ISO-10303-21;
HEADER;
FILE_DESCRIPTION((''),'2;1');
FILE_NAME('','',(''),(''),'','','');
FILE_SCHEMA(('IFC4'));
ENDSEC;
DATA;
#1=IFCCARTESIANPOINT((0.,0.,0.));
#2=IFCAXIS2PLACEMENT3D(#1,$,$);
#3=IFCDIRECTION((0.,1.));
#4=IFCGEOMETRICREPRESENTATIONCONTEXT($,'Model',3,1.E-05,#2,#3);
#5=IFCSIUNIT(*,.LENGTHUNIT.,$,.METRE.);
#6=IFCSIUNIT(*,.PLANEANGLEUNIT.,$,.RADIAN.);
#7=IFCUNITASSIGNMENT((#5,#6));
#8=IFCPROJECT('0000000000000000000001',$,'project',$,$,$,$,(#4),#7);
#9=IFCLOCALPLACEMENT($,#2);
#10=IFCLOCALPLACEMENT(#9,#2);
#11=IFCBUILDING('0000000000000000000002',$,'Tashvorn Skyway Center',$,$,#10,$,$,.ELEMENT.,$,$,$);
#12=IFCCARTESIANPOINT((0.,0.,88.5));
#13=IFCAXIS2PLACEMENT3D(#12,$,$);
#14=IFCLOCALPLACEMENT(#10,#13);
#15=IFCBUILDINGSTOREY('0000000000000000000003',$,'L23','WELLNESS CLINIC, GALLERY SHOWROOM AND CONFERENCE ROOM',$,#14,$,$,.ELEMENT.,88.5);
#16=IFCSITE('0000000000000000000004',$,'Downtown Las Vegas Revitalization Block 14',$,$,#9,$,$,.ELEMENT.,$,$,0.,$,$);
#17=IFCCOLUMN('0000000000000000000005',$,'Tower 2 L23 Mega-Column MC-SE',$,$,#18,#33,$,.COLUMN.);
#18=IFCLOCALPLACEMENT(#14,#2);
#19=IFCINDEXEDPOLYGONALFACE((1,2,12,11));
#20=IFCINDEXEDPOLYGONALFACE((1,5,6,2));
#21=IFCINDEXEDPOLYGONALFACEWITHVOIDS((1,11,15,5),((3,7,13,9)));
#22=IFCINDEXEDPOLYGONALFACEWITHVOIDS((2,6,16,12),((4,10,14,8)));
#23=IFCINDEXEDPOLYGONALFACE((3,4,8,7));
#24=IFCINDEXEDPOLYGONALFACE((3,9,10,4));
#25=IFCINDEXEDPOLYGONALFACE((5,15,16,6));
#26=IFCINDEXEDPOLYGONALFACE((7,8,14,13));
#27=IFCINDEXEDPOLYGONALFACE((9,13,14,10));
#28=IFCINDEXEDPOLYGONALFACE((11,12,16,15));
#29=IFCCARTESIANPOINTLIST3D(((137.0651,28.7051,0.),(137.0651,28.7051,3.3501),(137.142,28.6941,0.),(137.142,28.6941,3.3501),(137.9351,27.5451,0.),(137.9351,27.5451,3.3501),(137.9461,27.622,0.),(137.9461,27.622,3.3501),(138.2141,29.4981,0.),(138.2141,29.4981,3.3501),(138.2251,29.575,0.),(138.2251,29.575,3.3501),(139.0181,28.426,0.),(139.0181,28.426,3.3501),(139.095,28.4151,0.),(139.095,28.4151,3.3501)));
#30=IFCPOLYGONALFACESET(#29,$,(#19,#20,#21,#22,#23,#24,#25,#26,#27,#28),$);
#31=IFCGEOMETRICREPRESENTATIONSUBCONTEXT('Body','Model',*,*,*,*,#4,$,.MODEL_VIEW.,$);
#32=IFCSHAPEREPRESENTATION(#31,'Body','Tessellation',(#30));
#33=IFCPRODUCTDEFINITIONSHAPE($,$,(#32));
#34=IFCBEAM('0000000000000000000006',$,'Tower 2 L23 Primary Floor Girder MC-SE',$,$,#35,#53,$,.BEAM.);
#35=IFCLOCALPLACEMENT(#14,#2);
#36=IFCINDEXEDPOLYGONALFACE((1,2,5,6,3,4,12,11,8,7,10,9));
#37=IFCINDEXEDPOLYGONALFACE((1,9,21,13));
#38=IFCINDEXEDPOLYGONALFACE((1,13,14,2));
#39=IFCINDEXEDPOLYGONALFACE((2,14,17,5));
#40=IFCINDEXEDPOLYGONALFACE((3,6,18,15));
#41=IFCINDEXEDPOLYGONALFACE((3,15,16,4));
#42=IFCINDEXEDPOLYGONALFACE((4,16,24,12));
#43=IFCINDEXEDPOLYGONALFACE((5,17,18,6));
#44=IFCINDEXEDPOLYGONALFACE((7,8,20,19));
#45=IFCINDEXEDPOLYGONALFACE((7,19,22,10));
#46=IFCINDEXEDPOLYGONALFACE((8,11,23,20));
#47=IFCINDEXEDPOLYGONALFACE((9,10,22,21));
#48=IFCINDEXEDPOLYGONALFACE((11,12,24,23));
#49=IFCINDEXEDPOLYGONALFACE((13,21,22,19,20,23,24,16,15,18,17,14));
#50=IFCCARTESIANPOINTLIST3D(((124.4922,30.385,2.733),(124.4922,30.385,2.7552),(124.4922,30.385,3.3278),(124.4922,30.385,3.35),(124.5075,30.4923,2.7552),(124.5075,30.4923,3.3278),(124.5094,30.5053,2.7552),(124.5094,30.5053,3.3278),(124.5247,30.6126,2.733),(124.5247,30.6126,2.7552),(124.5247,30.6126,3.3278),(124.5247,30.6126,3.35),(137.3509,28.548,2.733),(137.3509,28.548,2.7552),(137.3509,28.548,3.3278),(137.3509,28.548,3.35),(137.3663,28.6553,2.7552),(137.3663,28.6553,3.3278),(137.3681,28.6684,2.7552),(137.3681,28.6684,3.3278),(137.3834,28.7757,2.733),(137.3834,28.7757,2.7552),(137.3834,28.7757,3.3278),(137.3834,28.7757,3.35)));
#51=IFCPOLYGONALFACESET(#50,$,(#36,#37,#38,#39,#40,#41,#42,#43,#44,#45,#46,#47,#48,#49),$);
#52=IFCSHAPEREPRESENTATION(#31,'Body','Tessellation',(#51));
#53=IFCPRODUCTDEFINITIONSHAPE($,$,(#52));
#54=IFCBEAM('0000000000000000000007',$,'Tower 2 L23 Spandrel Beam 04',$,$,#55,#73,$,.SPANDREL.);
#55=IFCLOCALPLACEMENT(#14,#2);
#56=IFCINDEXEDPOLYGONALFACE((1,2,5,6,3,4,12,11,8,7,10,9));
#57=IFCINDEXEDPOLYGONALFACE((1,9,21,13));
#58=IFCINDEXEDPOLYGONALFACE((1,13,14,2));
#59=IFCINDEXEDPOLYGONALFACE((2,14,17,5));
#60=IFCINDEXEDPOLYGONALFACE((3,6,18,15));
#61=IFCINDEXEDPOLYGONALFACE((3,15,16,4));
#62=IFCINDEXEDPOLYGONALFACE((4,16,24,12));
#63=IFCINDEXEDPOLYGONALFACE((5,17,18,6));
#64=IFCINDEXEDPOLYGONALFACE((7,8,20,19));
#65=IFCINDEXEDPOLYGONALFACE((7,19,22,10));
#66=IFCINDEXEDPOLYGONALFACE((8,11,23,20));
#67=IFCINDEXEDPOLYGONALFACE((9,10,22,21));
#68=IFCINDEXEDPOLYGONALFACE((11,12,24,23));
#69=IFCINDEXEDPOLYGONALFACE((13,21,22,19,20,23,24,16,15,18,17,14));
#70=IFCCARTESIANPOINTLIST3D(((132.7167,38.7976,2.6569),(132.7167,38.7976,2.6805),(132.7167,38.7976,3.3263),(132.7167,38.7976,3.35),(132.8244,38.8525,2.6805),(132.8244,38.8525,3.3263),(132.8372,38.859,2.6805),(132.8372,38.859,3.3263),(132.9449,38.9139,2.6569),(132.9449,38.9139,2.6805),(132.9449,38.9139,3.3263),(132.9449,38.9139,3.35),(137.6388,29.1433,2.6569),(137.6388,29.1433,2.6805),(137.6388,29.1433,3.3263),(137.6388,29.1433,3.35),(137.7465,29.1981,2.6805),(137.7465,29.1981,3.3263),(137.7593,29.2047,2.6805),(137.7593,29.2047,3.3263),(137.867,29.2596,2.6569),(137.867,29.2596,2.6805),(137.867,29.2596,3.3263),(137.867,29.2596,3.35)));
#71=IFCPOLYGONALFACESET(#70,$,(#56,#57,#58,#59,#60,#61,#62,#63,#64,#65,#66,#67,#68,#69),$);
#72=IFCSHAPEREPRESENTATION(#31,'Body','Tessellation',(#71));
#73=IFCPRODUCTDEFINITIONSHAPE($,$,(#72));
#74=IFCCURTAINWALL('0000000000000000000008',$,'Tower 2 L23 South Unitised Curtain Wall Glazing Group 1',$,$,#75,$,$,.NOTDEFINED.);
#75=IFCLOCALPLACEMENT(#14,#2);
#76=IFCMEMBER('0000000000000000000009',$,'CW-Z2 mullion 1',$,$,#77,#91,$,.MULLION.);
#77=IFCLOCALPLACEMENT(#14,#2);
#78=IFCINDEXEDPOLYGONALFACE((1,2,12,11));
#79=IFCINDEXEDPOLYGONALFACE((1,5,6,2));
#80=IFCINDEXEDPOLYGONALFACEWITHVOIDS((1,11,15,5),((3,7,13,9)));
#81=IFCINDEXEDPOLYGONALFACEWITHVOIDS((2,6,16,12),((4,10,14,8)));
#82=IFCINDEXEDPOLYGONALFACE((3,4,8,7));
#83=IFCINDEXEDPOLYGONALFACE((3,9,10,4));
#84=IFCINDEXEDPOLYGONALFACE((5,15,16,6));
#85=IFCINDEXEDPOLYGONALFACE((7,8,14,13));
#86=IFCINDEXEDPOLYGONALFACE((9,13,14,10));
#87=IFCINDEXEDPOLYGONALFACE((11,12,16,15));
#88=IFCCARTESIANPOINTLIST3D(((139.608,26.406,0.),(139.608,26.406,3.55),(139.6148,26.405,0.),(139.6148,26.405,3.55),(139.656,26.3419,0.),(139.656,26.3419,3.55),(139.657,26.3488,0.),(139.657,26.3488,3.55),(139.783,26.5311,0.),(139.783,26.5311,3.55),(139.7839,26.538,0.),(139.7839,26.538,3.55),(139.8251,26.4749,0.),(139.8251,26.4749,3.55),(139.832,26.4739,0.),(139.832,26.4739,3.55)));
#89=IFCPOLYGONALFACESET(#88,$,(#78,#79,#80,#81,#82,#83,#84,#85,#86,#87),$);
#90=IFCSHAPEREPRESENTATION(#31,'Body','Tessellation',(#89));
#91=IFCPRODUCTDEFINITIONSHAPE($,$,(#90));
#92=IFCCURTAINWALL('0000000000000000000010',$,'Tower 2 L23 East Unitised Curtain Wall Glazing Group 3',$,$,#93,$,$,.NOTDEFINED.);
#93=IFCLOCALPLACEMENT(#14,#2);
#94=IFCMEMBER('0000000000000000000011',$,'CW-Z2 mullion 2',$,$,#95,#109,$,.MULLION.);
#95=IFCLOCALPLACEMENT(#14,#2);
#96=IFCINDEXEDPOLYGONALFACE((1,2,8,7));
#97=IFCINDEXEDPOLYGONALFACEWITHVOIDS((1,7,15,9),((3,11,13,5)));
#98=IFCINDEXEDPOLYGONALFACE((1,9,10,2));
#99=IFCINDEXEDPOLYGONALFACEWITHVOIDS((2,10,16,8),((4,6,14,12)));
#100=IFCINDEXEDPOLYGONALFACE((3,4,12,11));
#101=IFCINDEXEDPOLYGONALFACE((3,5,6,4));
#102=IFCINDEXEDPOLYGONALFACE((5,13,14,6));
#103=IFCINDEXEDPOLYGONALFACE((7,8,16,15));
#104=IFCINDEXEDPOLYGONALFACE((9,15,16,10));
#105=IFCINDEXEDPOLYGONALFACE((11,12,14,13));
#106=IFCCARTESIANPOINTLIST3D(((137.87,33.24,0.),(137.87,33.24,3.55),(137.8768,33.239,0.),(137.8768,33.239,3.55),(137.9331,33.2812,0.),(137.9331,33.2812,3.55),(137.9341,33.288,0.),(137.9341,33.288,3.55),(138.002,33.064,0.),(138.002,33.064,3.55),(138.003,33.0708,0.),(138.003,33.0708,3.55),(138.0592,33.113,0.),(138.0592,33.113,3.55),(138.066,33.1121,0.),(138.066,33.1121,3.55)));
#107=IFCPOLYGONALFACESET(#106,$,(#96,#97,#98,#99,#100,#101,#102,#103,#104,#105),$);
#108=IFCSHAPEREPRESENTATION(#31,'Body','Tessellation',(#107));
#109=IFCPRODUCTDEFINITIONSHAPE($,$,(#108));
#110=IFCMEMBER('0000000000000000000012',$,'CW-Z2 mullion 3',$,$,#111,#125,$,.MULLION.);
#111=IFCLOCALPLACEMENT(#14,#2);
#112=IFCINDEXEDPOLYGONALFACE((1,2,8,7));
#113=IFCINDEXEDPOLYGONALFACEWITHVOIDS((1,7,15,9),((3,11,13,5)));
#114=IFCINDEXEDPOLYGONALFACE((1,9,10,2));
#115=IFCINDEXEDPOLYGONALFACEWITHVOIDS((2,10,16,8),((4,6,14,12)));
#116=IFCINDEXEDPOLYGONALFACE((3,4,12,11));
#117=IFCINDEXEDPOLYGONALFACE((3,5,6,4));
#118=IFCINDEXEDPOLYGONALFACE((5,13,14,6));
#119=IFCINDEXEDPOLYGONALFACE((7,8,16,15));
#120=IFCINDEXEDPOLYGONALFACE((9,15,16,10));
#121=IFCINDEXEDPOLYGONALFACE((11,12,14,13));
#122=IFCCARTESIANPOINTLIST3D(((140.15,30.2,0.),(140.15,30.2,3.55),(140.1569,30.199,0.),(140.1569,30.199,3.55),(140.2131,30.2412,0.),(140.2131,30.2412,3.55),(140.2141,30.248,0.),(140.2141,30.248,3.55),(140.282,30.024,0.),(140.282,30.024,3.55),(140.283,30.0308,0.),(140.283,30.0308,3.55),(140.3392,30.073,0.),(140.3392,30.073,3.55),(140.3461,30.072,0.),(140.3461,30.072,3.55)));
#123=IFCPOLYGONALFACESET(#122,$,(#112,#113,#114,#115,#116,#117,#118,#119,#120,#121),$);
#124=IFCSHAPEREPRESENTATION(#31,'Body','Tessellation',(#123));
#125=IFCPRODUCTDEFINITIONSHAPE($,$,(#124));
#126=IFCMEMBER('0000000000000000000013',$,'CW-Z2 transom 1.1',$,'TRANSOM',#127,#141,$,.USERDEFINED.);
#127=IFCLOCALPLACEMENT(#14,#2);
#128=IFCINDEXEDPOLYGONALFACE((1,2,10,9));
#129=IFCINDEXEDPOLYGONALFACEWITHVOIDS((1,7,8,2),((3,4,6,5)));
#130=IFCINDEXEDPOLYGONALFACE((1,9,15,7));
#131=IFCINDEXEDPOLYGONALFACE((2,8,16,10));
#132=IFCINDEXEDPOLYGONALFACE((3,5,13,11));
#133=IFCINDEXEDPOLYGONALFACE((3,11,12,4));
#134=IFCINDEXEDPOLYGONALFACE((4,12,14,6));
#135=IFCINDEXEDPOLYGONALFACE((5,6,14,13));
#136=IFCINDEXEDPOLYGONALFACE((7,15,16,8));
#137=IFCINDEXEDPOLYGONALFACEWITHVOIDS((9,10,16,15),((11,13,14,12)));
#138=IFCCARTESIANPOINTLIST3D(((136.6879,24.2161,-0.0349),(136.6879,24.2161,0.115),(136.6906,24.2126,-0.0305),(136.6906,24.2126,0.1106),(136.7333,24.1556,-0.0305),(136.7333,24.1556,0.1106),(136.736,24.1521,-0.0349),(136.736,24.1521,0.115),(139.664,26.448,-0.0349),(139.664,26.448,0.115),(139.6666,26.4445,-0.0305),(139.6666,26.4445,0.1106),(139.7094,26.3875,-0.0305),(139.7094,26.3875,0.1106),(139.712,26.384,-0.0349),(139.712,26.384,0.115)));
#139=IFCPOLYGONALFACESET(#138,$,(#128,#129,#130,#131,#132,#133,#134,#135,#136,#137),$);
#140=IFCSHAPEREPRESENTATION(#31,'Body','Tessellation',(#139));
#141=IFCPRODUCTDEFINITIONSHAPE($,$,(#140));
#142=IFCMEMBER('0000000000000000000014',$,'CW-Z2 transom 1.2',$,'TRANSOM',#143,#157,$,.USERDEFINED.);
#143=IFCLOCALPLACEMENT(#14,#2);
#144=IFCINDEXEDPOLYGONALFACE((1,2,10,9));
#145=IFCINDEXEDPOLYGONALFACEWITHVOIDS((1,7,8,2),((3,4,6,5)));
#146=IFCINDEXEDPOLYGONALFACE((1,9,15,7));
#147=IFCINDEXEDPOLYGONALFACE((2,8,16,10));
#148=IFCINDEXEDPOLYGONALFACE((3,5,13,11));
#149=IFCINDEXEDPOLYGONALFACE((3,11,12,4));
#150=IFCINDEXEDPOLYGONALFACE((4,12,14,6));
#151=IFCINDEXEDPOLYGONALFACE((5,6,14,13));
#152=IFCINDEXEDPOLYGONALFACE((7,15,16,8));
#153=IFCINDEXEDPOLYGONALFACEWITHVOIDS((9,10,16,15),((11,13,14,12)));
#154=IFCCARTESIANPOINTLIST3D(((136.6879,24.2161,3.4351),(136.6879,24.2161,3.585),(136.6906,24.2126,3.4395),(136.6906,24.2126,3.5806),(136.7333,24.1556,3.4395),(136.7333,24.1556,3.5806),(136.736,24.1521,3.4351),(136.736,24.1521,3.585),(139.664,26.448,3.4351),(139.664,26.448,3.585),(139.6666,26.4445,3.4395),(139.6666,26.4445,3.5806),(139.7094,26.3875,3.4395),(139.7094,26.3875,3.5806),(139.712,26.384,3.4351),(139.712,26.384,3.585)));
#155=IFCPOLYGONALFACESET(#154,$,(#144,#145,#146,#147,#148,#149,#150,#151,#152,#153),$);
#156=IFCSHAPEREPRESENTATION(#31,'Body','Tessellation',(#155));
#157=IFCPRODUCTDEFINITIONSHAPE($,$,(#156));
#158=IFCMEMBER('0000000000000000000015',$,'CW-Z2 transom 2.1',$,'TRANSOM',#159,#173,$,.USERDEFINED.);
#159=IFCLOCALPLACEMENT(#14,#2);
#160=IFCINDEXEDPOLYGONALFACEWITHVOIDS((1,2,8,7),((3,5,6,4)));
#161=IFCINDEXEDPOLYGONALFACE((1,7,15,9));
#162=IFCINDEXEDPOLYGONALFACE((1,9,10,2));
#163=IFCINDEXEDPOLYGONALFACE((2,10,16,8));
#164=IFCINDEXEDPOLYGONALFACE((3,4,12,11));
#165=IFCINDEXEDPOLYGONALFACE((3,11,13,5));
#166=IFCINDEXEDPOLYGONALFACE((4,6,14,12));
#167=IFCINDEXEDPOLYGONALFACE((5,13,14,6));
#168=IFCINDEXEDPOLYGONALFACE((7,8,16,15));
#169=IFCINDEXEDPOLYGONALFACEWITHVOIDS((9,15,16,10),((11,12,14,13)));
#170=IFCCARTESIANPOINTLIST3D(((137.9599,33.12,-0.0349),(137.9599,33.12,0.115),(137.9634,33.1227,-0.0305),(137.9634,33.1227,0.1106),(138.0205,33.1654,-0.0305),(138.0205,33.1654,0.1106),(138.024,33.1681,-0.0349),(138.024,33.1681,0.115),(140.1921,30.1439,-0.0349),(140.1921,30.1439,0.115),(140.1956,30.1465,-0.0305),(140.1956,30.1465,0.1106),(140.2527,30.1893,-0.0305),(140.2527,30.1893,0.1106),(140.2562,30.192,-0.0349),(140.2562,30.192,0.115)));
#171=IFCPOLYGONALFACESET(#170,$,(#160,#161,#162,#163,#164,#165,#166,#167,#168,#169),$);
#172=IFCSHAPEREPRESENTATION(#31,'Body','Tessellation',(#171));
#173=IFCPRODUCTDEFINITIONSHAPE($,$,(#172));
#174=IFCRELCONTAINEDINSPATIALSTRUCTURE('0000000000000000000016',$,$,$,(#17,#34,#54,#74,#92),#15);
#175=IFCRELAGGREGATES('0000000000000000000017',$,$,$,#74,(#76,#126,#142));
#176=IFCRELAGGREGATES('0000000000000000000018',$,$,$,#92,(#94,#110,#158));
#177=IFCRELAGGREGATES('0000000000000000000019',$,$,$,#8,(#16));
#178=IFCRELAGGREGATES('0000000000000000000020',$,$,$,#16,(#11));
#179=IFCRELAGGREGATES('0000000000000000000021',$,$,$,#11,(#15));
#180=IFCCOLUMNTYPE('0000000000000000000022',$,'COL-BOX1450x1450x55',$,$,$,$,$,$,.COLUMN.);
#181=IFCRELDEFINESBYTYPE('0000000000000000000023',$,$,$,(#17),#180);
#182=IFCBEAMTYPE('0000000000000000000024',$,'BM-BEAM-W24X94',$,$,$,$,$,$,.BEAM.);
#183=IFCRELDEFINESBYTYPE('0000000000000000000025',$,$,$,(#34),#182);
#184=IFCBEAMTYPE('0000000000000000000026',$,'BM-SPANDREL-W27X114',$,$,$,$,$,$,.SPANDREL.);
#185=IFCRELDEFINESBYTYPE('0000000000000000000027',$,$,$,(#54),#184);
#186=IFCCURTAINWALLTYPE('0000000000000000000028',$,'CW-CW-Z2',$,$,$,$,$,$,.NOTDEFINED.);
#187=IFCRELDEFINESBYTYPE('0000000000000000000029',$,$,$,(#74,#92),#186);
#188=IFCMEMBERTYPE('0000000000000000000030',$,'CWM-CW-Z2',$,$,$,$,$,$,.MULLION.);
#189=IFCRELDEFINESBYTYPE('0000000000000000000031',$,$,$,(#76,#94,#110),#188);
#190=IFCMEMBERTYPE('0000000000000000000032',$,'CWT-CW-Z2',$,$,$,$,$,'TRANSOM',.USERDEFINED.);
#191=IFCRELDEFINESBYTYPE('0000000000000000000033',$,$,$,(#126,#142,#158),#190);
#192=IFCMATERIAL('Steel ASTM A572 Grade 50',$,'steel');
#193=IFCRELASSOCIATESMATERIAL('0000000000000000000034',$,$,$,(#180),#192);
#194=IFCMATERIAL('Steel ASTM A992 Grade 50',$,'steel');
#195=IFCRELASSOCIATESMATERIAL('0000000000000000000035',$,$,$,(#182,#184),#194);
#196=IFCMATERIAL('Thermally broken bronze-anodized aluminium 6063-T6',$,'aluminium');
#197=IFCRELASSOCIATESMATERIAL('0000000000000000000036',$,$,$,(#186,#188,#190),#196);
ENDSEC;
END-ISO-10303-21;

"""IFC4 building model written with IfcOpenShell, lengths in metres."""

from ifc_helpers import new_model, si_unit, direction, frame, origin, origin_2d, place, context, subcontext, project, spatial, hollow_rectangle, i_section, extrude, material, material_profile, profile_set, type_object, element, aggregate, save


model = new_model("IFC4")

# Units and contexts
model_context = context("Model", 3, precision=1e-05, world=origin(), true_north=direction((0.0, 1.0)))
body_context = subcontext(model_context, "Body", "Model", "MODEL_VIEW")
ifc_project = project(units=[si_unit("LENGTHUNIT", "METRE"), si_unit("PLANEANGLEUNIT", "RADIAN")], contexts=[model_context])

# Site, building, storey
site_placement = place(None, origin())
site = spatial("IfcSite", under=ifc_project, at=site_placement, Name="Downtown Las Vegas Revitalization Block 14", CompositionType="ELEMENT", RefElevation=0.0)
building_placement = place(site_placement, origin())
building = spatial("IfcBuilding", under=site, at=building_placement, Name="Tashvorn Skyway Center", CompositionType="ELEMENT")
storey_placement = place(building_placement, frame((0.0, 0.0, 88.5)))
storey = spatial("IfcBuildingStorey", under=building, at=storey_placement, Name="L23", Description="WELLNESS CLINIC, GALLERY SHOWROOM AND CONFERENCE ROOM", CompositionType="ELEMENT", Elevation=88.5)

# Column
ifc_material_1 = material(Name="Steel ASTM A572 Grade 50", Category="steel")
ifc_material_profile_1 = material_profile(ifc_material_1, hollow_rectangle(XDim=1.45, YDim=1.45, WallThickness=0.0549, at=origin_2d()), Name="BOX1450x1450x55")
ifc_profile_set_1 = profile_set([ifc_material_profile_1], Name="Steel ASTM A572 Grade 50")
column_type = type_object("IfcColumnType", Name="COL-BOX1450x1450x55", PredefinedType="COLUMN", material=ifc_profile_set_1)
column_placement = place(storey_placement, frame((138.0801, 28.5601, 0.0), z_axis=(0.0, 0.0, 1.0), x_axis=(0.8, 0.6, 0.0)))
element("IfcColumn", 1, at=column_placement, inside=storey, type_object=column_type, Name="Tower 2 L23 Mega-Column MC-SE", PredefinedType="COLUMN", context=body_context, shape_type="SweptSolid", body=[
    extrude(hollow_rectangle(XDim=1.45, YDim=1.45, WallThickness=0.0549, at=origin_2d()), origin(), (0.0, 0.0, 1.0), 3.3501),
])

# Beams
ifc_material_2 = material(Name="Steel ASTM A992 Grade 50", Category="steel")
ifc_material_profile_2 = material_profile(ifc_material_2, i_section(OverallWidth=0.23, OverallDepth=0.6169, WebThickness=0.0132, FlangeThickness=0.0222, at=origin_2d()), Name="W24X94")
ifc_profile_set_2 = profile_set([ifc_material_profile_2], Name="Steel ASTM A992 Grade 50")
beam_type_1 = type_object("IfcBeamType", Name="BM-BEAM-W24X94", PredefinedType="BEAM", material=ifc_profile_set_2)
beam_1_placement = place(storey_placement, frame((137.3672, 28.6619, 3.0415), z_axis=(-0.98995, 0.141419, 0.0), x_axis=(-0.141419, -0.98995, 0.0)))
element("IfcBeam", 2, at=beam_1_placement, inside=storey, type_object=beam_type_1, Name="Tower 2 L23 Primary Floor Girder MC-SE", PredefinedType="BEAM", context=body_context, shape_type="SweptSolid", body=[
    extrude(i_section(OverallWidth=0.23, OverallDepth=0.6169, WebThickness=0.0132, FlangeThickness=0.0222, at=origin_2d()), origin(), (0.0, 0.0, 1.0), 12.9893),
])
ifc_material_profile_3 = material_profile(ifc_material_2, i_section(OverallWidth=0.2561, OverallDepth=0.6931, WebThickness=0.0144, FlangeThickness=0.0237, at=origin_2d()), Name="W27X114")
ifc_profile_set_3 = profile_set([ifc_material_profile_3], Name="Steel ASTM A992 Grade 50")
beam_type_2 = type_object("IfcBeamType", Name="BM-SPANDREL-W27X114", PredefinedType="SPANDREL", material=ifc_profile_set_3)
beam_2_placement = place(storey_placement, frame((137.7529, 29.2014, 3.0034), z_axis=(-0.454211, 0.890894, 0.0), x_axis=(-0.890894, -0.454211, 0.0)))
element("IfcBeam", 3, at=beam_2_placement, inside=storey, type_object=beam_type_2, Name="Tower 2 L23 Spandrel Beam 04", PredefinedType="SPANDREL", context=body_context, shape_type="SweptSolid", body=[
    extrude(i_section(OverallWidth=0.2561, OverallDepth=0.6931, WebThickness=0.0144, FlangeThickness=0.0237, at=origin_2d()), origin(), (0.0, 0.0, 1.0), 10.8367),
])

# Curtain wall, member
ifc_material_3 = material(Name="Thermally broken bronze-anodized aluminium 6063-T6", Category="aluminium")
curtain_wall_type = type_object("IfcCurtainWallType", Name="CW-CW-Z2", PredefinedType="NOTDEFINED", material=ifc_material_3)
curtain_wall_1_placement = place(storey_placement, origin())
curtain_wall_1 = element("IfcCurtainWall", 4, at=curtain_wall_1_placement, inside=storey, type_object=curtain_wall_type, Name="Tower 2 L23 South Unitised Curtain Wall Glazing Group 1", PredefinedType="NOTDEFINED")
ifc_material_profile_4 = material_profile(ifc_material_3, hollow_rectangle(XDim=0.0801, YDim=0.22, WallThickness=0.0049, at=origin_2d()), Name="ALU-MULL-80x220")
ifc_profile_set_4 = profile_set([ifc_material_profile_4], Name="Thermally broken bronze-anodized aluminium 6063-T6")
member_type_1 = type_object("IfcMemberType", Name="CWM-CW-Z2", PredefinedType="MULLION", material=ifc_profile_set_4)
member_1_placement = place(storey_placement, frame((139.72, 26.4399, 0.0), z_axis=(0.0, 0.0, 1.0), x_axis=(0.6, -0.8, 0.0)))
member_1 = element("IfcMember", 5, at=member_1_placement, type_object=member_type_1, Name="CW-Z2 mullion 1", PredefinedType="MULLION", context=body_context, shape_type="SweptSolid", body=[
    extrude(hollow_rectangle(XDim=0.0801, YDim=0.22, WallThickness=0.0049, at=origin_2d()), origin(), (0.0, 0.0, 1.0), 3.55),
])

# Curtain wall, members
curtain_wall_2_placement = place(storey_placement, origin())
curtain_wall_2 = element("IfcCurtainWall", 6, at=curtain_wall_2_placement, inside=storey, type_object=curtain_wall_type, Name="Tower 2 L23 East Unitised Curtain Wall Glazing Group 3", PredefinedType="NOTDEFINED")
member_2_placement = place(storey_placement, frame((137.968, 33.176, 0.0), z_axis=(0.0, 0.0, 1.0), x_axis=(0.8, 0.6, 0.0)))
member_2 = element("IfcMember", 7, at=member_2_placement, type_object=member_type_1, Name="CW-Z2 mullion 2", PredefinedType="MULLION", context=body_context, shape_type="SweptSolid", body=[
    extrude(hollow_rectangle(XDim=0.0801, YDim=0.22, WallThickness=0.0049, at=origin_2d()), origin(), (0.0, 0.0, 1.0), 3.55),
])
member_3_placement = place(storey_placement, frame((140.248, 30.136, 0.0), z_axis=(0.0, 0.0, 1.0), x_axis=(0.8, 0.6, 0.0)))
member_3 = element("IfcMember", 8, at=member_3_placement, type_object=member_type_1, Name="CW-Z2 mullion 3", PredefinedType="MULLION", context=body_context, shape_type="SweptSolid", body=[
    extrude(hollow_rectangle(XDim=0.0801, YDim=0.22, WallThickness=0.0049, at=origin_2d()), origin(), (0.0, 0.0, 1.0), 3.55),
])

# Members
ifc_material_profile_5 = material_profile(ifc_material_3, hollow_rectangle(XDim=0.0801, YDim=0.1499, WallThickness=0.0044, at=origin_2d()), Name="ALU-TRAN-80x150")
ifc_profile_set_5 = profile_set([ifc_material_profile_5], Name="Thermally broken bronze-anodized aluminium 6063-T6")
member_type_2 = type_object("IfcMemberType", Name="CWT-CW-Z2", ElementType="TRANSOM", PredefinedType="USERDEFINED", material=ifc_profile_set_5)
member_4_placement = place(storey_placement, frame((139.688, 26.416, 0.04), z_axis=(-0.800016, -0.599979, 0.0), x_axis=(0.599979, -0.800016, 0.0)))
member_4 = element("IfcMember", 9, at=member_4_placement, type_object=member_type_2, Name="CW-Z2 transom 1.1", ObjectType="TRANSOM", PredefinedType="USERDEFINED", context=body_context, shape_type="SweptSolid", body=[
    extrude(hollow_rectangle(XDim=0.0801, YDim=0.1499, WallThickness=0.0044, at=origin_2d()), origin(), (0.0, 0.0, 1.0), 3.72),
])
member_5_placement = place(storey_placement, frame((139.688, 26.416, 3.51), z_axis=(-0.800016, -0.599979, 0.0), x_axis=(0.599979, -0.800016, 0.0)))
member_5 = element("IfcMember", 10, at=member_5_placement, type_object=member_type_2, Name="CW-Z2 transom 1.2", ObjectType="TRANSOM", PredefinedType="USERDEFINED", context=body_context, shape_type="SweptSolid", body=[
    extrude(hollow_rectangle(XDim=0.0801, YDim=0.1499, WallThickness=0.0044, at=origin_2d()), origin(), (0.0, 0.0, 1.0), 3.72),
])
member_6_placement = place(storey_placement, frame((137.9919, 33.144, 0.04), z_axis=(0.600021, -0.799984, 0.0), x_axis=(0.799984, 0.600021, 0.0)))
member_6 = element("IfcMember", 11, at=member_6_placement, type_object=member_type_2, Name="CW-Z2 transom 2.1", ObjectType="TRANSOM", PredefinedType="USERDEFINED", context=body_context, shape_type="SweptSolid", body=[
    extrude(hollow_rectangle(XDim=0.0801, YDim=0.1499, WallThickness=0.0044, at=origin_2d()), origin(), (0.0, 0.0, 1.0), 3.7202),
])

aggregate(curtain_wall_1, [member_1, member_4, member_5])
aggregate(curtain_wall_2, [member_2, member_3, member_6])

save(model, "model.ifc")
